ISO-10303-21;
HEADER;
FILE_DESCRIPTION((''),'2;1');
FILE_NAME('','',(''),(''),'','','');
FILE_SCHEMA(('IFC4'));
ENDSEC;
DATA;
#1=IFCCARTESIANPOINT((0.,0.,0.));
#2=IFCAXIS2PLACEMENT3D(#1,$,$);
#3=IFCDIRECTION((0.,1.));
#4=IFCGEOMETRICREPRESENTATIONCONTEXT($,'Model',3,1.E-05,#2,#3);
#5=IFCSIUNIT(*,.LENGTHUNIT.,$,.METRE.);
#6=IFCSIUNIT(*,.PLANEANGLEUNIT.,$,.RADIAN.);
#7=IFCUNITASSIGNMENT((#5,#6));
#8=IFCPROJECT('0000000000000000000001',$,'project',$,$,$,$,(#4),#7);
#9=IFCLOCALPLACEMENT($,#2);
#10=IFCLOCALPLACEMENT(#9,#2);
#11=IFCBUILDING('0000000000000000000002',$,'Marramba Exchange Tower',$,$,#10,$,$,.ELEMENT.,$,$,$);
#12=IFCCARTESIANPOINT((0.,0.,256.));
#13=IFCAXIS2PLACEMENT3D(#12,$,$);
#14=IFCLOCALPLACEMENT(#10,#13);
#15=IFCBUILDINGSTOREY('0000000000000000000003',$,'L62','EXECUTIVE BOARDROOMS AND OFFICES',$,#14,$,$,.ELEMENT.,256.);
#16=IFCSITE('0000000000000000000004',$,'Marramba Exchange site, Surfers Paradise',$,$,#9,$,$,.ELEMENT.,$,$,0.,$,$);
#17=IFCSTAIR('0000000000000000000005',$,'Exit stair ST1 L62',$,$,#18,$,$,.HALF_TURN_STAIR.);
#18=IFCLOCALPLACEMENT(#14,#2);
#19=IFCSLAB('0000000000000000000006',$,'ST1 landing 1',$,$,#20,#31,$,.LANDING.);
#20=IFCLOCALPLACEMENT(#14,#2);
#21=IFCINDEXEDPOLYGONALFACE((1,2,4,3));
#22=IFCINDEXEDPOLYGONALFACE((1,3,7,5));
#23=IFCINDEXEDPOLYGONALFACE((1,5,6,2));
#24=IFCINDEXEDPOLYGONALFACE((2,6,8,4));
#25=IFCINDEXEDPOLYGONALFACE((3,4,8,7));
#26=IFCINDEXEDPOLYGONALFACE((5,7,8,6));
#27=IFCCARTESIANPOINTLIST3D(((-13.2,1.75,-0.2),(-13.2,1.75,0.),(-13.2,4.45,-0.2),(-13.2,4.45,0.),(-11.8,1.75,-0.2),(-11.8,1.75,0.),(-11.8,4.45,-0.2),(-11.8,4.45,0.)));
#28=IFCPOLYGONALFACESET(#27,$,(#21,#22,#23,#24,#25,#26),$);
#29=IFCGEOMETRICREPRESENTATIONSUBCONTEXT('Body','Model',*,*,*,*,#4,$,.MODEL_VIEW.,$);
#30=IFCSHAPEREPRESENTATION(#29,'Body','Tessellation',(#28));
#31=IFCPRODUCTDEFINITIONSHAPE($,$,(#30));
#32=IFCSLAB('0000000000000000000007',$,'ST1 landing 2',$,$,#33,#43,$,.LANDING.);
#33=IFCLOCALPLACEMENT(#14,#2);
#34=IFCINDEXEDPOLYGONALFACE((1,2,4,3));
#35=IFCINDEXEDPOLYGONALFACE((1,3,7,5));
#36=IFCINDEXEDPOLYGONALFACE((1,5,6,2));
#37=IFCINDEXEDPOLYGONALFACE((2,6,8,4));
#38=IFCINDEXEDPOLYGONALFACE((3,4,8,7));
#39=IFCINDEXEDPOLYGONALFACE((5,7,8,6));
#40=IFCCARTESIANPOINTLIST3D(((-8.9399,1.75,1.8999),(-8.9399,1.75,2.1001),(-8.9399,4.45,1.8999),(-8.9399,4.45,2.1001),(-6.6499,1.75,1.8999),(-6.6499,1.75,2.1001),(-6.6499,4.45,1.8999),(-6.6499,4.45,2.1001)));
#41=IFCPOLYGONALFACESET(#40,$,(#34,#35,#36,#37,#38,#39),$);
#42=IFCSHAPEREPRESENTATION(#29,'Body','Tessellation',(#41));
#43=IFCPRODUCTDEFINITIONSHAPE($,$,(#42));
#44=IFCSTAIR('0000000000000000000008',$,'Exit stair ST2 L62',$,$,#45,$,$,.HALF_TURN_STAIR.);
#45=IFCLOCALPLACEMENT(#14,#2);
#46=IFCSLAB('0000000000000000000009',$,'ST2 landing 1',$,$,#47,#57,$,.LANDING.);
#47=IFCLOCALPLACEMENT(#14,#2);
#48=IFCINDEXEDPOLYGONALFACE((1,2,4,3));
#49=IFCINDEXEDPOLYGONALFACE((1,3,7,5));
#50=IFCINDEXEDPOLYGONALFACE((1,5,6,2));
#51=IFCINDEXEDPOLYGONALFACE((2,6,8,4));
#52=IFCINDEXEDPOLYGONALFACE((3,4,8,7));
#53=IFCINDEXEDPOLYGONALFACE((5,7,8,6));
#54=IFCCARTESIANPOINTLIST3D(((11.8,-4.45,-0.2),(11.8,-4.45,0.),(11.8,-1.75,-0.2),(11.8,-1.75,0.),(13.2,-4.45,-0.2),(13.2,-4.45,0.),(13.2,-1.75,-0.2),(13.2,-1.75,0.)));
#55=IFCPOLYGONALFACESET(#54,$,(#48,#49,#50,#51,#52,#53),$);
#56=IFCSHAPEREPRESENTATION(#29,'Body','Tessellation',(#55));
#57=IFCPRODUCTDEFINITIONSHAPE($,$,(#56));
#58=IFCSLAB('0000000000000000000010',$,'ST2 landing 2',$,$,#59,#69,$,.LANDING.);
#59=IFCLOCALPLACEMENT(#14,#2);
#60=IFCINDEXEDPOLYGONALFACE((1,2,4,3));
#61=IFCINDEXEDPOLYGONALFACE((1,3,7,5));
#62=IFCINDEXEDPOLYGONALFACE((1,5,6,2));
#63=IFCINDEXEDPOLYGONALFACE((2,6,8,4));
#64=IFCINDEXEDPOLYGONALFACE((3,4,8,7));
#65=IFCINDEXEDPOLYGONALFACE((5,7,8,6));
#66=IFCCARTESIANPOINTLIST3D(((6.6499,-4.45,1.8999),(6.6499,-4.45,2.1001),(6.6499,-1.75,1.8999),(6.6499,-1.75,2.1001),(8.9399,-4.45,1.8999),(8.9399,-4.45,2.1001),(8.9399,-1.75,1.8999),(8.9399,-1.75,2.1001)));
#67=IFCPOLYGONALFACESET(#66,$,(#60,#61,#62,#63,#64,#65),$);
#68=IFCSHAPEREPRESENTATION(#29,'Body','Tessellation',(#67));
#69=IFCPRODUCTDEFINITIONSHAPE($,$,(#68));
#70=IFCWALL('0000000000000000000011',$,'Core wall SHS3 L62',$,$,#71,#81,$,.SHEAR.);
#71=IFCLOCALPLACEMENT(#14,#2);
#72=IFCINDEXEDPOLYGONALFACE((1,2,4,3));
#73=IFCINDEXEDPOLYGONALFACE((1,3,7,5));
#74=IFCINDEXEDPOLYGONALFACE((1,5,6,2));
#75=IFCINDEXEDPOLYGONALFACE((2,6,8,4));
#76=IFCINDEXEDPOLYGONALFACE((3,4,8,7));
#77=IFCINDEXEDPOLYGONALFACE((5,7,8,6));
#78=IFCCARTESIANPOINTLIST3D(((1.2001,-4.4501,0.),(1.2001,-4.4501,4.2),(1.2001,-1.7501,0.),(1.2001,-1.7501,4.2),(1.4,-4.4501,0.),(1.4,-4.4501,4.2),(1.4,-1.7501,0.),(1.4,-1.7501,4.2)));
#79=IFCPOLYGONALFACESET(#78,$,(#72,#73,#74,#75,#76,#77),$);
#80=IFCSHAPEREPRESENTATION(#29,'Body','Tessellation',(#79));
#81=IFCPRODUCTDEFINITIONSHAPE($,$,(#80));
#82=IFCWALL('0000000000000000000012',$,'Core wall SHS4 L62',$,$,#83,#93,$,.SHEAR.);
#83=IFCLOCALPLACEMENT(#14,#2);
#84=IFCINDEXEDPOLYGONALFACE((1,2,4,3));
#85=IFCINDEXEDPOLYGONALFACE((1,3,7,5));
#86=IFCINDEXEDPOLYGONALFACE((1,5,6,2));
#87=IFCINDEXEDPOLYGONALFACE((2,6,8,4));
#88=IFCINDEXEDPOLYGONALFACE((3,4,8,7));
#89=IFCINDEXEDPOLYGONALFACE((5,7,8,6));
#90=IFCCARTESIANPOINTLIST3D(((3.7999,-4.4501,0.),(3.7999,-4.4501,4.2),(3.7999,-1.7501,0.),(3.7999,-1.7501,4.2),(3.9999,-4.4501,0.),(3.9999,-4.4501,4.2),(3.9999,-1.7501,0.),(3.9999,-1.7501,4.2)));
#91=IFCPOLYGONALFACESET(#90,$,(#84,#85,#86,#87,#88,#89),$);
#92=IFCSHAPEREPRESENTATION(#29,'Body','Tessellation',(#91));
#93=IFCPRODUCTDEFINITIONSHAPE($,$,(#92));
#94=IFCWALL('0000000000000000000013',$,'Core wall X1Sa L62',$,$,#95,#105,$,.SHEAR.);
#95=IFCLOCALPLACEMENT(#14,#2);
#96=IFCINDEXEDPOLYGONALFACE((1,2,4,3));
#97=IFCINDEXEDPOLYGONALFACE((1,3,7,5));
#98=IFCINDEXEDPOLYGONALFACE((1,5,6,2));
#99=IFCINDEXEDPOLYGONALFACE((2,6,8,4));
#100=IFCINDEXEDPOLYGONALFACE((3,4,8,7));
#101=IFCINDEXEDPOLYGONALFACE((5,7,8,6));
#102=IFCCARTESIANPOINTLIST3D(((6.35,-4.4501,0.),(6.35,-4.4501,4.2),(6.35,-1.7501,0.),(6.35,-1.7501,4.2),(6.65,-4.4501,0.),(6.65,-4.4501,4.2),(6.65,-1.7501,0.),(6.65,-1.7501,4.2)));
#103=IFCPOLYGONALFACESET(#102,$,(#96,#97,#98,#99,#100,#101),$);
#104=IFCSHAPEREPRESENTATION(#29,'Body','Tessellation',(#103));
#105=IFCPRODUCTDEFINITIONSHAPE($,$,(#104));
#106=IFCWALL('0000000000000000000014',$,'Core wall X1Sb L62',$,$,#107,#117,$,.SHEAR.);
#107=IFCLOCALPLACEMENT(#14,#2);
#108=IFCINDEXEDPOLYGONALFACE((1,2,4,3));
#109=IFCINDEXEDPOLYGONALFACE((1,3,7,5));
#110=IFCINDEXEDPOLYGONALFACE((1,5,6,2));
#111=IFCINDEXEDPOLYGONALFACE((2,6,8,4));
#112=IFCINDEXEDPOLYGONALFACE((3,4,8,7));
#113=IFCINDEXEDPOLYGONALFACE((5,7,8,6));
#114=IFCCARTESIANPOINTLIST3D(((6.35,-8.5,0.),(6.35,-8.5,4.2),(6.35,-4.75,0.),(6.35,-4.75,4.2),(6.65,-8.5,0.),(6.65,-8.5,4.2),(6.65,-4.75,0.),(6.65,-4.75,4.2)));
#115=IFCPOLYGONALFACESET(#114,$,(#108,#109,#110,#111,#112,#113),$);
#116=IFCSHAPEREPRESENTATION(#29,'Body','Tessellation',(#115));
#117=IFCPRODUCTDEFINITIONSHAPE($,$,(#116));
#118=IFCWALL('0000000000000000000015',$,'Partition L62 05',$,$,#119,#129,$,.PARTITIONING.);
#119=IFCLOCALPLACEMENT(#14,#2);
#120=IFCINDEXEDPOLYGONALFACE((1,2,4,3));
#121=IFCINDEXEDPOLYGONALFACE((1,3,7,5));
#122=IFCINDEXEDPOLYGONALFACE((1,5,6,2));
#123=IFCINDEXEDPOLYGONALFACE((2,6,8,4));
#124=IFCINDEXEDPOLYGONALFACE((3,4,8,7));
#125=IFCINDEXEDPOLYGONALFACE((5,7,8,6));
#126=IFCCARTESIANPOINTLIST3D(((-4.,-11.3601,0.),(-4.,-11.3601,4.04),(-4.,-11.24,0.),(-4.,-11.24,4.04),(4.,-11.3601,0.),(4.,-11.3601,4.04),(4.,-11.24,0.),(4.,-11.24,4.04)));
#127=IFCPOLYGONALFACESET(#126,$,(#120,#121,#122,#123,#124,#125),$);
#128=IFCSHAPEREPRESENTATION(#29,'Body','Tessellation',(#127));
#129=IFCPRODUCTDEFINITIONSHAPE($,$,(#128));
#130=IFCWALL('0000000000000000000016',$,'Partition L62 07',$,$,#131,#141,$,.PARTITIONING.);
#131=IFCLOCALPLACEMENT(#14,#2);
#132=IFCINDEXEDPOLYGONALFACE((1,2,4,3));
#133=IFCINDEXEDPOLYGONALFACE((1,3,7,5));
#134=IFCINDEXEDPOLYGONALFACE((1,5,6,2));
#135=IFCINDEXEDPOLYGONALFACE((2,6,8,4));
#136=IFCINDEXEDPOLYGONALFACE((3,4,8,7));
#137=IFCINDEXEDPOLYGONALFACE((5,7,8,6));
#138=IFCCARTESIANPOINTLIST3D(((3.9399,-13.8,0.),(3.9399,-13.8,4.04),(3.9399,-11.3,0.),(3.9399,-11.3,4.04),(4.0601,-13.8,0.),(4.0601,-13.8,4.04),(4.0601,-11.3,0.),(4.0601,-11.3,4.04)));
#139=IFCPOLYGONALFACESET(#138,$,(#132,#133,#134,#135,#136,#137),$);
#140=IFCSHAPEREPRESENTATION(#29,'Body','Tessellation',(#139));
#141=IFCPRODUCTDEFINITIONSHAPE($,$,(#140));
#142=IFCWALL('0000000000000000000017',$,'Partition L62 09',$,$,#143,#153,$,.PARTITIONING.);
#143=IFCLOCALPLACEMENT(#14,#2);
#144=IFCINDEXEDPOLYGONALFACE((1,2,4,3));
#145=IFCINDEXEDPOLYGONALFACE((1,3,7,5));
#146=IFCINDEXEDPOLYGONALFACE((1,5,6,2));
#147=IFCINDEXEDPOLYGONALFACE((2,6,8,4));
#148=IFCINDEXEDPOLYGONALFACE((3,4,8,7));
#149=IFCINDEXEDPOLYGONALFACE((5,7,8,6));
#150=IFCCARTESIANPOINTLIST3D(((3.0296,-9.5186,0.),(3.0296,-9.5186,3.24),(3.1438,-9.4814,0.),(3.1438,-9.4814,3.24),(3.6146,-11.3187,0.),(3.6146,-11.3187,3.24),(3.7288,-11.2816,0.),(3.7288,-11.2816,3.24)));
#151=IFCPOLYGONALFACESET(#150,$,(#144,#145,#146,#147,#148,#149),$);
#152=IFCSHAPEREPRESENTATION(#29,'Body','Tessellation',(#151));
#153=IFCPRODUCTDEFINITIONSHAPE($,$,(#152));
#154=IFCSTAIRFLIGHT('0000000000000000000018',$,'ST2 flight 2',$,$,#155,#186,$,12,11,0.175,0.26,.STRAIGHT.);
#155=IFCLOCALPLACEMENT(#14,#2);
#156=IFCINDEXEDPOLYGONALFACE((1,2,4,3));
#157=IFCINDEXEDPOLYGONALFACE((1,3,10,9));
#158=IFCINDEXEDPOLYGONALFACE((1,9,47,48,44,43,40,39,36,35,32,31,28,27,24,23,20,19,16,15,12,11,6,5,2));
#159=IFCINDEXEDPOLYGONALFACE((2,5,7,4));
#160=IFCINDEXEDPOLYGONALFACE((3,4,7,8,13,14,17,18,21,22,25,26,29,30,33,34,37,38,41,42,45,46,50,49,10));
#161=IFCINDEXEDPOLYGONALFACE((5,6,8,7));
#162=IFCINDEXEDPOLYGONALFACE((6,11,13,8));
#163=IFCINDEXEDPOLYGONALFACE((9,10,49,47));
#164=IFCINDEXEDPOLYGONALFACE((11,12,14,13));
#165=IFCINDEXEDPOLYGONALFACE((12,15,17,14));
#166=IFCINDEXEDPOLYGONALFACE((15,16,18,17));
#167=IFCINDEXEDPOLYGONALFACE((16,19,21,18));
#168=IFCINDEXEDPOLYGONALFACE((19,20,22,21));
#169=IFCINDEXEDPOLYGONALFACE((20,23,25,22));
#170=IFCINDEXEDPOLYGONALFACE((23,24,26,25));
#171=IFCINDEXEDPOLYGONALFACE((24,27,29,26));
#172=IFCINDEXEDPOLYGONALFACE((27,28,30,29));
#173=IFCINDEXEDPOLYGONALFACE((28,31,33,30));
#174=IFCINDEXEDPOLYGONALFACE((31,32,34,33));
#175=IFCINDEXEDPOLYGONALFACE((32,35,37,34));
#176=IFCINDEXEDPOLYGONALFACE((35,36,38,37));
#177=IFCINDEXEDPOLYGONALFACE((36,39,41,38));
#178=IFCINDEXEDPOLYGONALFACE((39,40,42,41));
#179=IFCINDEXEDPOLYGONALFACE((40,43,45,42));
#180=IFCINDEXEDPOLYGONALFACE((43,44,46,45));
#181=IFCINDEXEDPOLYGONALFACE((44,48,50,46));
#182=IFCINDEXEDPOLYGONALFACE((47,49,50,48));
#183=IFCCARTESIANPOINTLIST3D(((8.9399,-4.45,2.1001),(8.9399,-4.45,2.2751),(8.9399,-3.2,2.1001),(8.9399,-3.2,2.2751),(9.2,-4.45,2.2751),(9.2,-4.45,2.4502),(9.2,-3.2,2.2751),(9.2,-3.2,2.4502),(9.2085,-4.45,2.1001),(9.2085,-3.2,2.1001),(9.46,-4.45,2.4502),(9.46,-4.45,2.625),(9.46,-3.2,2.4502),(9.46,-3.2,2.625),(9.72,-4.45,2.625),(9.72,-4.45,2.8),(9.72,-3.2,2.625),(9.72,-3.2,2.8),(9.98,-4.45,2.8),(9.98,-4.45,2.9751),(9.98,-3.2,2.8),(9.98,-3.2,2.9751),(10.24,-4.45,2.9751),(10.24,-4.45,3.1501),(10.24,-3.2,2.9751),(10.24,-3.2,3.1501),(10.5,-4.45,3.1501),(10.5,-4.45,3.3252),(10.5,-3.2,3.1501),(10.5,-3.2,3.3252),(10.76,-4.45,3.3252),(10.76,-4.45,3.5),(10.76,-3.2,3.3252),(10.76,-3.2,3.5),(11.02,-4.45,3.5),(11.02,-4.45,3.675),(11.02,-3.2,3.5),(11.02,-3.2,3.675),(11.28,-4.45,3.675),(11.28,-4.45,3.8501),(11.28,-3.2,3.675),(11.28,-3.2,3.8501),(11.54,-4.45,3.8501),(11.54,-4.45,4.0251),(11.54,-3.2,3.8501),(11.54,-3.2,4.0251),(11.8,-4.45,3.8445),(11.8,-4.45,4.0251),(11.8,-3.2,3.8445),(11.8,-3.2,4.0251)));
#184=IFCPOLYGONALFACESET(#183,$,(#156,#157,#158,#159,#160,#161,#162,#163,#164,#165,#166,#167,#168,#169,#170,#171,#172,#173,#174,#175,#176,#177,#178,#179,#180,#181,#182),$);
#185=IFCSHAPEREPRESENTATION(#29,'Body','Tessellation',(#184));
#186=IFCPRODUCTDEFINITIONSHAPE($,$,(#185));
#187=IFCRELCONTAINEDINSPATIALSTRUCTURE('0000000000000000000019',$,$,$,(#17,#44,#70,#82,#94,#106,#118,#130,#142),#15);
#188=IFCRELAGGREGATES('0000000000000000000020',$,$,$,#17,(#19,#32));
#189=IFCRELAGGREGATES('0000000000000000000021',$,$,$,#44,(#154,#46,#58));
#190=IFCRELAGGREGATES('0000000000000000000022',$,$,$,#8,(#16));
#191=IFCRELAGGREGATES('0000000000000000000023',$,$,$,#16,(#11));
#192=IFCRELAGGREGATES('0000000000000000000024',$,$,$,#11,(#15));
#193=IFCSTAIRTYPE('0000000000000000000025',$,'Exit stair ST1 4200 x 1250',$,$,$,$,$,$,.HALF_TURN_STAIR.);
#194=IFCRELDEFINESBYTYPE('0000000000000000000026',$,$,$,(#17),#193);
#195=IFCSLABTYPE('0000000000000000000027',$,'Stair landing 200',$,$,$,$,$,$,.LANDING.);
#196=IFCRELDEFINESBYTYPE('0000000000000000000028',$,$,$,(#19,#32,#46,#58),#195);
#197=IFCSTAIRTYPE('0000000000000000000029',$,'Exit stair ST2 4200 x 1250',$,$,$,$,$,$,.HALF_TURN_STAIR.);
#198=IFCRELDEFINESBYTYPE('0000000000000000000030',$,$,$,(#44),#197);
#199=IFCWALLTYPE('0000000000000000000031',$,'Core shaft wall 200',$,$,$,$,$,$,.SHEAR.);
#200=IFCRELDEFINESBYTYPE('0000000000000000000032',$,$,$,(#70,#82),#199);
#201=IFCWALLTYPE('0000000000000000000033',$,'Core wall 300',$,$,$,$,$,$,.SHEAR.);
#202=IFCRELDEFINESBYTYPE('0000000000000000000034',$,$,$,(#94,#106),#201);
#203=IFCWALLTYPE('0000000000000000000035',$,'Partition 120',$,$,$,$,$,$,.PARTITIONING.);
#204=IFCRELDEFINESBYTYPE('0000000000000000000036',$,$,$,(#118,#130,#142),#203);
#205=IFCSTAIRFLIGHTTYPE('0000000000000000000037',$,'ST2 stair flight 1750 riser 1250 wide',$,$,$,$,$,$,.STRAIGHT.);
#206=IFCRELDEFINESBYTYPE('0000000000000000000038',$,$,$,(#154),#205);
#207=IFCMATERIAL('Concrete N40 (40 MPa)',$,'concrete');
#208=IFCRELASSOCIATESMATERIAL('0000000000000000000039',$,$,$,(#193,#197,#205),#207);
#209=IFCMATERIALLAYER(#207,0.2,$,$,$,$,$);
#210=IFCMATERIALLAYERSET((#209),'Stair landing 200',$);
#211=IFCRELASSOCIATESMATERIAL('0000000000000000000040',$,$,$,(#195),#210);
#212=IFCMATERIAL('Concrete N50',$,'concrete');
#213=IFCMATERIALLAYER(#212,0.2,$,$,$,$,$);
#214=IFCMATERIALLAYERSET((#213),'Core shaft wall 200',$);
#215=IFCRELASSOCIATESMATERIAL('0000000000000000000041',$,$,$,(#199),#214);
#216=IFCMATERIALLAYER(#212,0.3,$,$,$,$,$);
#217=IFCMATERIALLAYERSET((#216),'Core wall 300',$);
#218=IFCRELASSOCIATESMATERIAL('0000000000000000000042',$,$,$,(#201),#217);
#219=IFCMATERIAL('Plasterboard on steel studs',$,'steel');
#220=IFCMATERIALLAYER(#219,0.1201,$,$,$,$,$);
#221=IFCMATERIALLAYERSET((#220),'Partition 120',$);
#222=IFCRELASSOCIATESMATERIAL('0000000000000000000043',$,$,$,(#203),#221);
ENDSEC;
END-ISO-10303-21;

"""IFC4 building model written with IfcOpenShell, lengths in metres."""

from ifc_helpers import new_model, si_unit, direction, frame, frame_2d, origin, place, context, subcontext, project, spatial, polyline, rectangle, outline, extrude, material, layer, layer_set, type_object, element, aggregate, save


model = new_model("IFC4")

# Units and contexts
model_context = context("Model", 3, precision=1e-05, world=origin(), true_north=direction((0.0, 1.0)))
body_context = subcontext(model_context, "Body", "Model", "MODEL_VIEW")
ifc_project = project(units=[si_unit("LENGTHUNIT", "METRE"), si_unit("PLANEANGLEUNIT", "RADIAN")], contexts=[model_context])

# Site, building, storey
site_placement = place(None, origin())
site = spatial("IfcSite", under=ifc_project, at=site_placement, Name="Marramba Exchange site, Surfers Paradise", CompositionType="ELEMENT", RefElevation=0.0)
building_placement = place(site_placement, origin())
building = spatial("IfcBuilding", under=site, at=building_placement, Name="Marramba Exchange Tower", CompositionType="ELEMENT")
storey_placement = place(building_placement, frame((0.0, 0.0, 256.0)))
storey = spatial("IfcBuildingStorey", under=building, at=storey_placement, Name="L62", Description="EXECUTIVE BOARDROOMS AND OFFICES", CompositionType="ELEMENT", Elevation=256.0)

# Stairs, slabs
ifc_material_1 = material(Name="Concrete N40 (40 MPa)", Category="concrete")
stair_type_1 = type_object("IfcStairType", Name="Exit stair ST1 4200 x 1250", PredefinedType="HALF_TURN_STAIR", material=ifc_material_1)
stair_1_placement = place(storey_placement, origin())
stair_1 = element("IfcStair", 1, at=stair_1_placement, inside=storey, type_object=stair_type_1, Name="Exit stair ST1 L62", PredefinedType="HALF_TURN_STAIR")
ifc_layer_1 = layer(ifc_material_1, 0.2)
ifc_layer_set_1 = layer_set([ifc_layer_1], Name="Stair landing 200")
slab_type = type_object("IfcSlabType", Name="Stair landing 200", PredefinedType="LANDING", material=ifc_layer_set_1)
slab_1_placement = place(storey_placement, frame((0.0, 0.0, -0.2)))
slab_1 = element("IfcSlab", 2, at=slab_1_placement, type_object=slab_type, Name="ST1 landing 1", PredefinedType="LANDING", context=body_context, shape_type="SweptSolid", body=[
    extrude(outline(polyline([(-13.2, 1.75), (-11.8, 1.75), (-11.8, 4.45), (-13.2, 4.45), (-13.2, 1.75)])), origin(), (0.0, 0.0, 1.0), 0.2),
])
slab_2_placement = place(storey_placement, frame((0.0, 0.0, 1.8999)))
slab_2 = element("IfcSlab", 3, at=slab_2_placement, type_object=slab_type, Name="ST1 landing 2", PredefinedType="LANDING", context=body_context, shape_type="SweptSolid", body=[
    extrude(outline(polyline([(-8.9399, 1.75), (-6.6499, 1.75), (-6.6499, 4.45), (-8.9399, 4.45), (-8.9399, 1.75)])), origin(), (0.0, 0.0, 1.0), 0.2002),
])
aggregate(stair_1, [slab_1, slab_2])
stair_type_2 = type_object("IfcStairType", Name="Exit stair ST2 4200 x 1250", PredefinedType="HALF_TURN_STAIR", material=ifc_material_1)
stair_2_placement = place(storey_placement, origin())
stair_2 = element("IfcStair", 4, at=stair_2_placement, inside=storey, type_object=stair_type_2, Name="Exit stair ST2 L62", PredefinedType="HALF_TURN_STAIR")
slab_3_placement = place(storey_placement, frame((0.0, 0.0, -0.2)))
slab_3 = element("IfcSlab", 5, at=slab_3_placement, type_object=slab_type, Name="ST2 landing 1", PredefinedType="LANDING", context=body_context, shape_type="SweptSolid", body=[
    extrude(outline(polyline([(11.8, -4.45), (13.2, -4.45), (13.2, -1.75), (11.8, -1.75), (11.8, -4.45)])), origin(), (0.0, 0.0, 1.0), 0.2),
])
slab_4_placement = place(storey_placement, frame((0.0, 0.0, 1.8999)))
slab_4 = element("IfcSlab", 6, at=slab_4_placement, type_object=slab_type, Name="ST2 landing 2", PredefinedType="LANDING", context=body_context, shape_type="SweptSolid", body=[
    extrude(outline(polyline([(6.6499, -4.45), (8.9399, -4.45), (8.9399, -1.75), (6.6499, -1.75), (6.6499, -4.45)])), origin(), (0.0, 0.0, 1.0), 0.2002),
])

# Walls
ifc_material_2 = material(Name="Concrete N50", Category="concrete")
ifc_layer_2 = layer(ifc_material_2, 0.2)
ifc_layer_set_2 = layer_set([ifc_layer_2], Name="Core shaft wall 200")
wall_type_1 = type_object("IfcWallType", Name="Core shaft wall 200", PredefinedType="SHEAR", material=ifc_layer_set_2)
for number, where, z_axis, x_axis, name in (
    (7, (1.3, -1.75, 0.0), (0.0, 0.0, 1.0), (0.0, -1.0, 0.0), "Core wall SHS3 L62"),
    (8, (3.8999, -1.75, 0.0), (0.0, 0.0, 1.0), (0.0, -1.0, 0.0), "Core wall SHS4 L62"),
):
    element("IfcWall", number, at=place(storey_placement, frame(where, z_axis=z_axis, x_axis=x_axis)), inside=storey, type_object=wall_type_1, Name=name, PredefinedType="SHEAR", context=body_context, shape_type="SweptSolid", body=[
        extrude(rectangle(XDim=2.7, YDim=0.2, at=frame_2d((1.3501, 0.0))), origin(), (0.0, 0.0, 1.0), 4.2),
    ])
ifc_layer_3 = layer(ifc_material_2, 0.3)
ifc_layer_set_3 = layer_set([ifc_layer_3], Name="Core wall 300")
wall_type_2 = type_object("IfcWallType", Name="Core wall 300", PredefinedType="SHEAR", material=ifc_layer_set_3)
wall_1_placement = place(storey_placement, frame((6.5, -1.75, 0.0), z_axis=(0.0, 0.0, 1.0), x_axis=(0.0, -1.0, 0.0)))
element("IfcWall", 9, at=wall_1_placement, inside=storey, type_object=wall_type_2, Name="Core wall X1Sa L62", PredefinedType="SHEAR", context=body_context, shape_type="SweptSolid", body=[
    extrude(rectangle(XDim=2.7, YDim=0.3, at=frame_2d((1.3501, 0.0))), origin(), (0.0, 0.0, 1.0), 4.2),
])
wall_2_placement = place(storey_placement, frame((6.5, -4.75, 0.0), z_axis=(0.0, 0.0, 1.0), x_axis=(0.0, -1.0, 0.0)))
element("IfcWall", 10, at=wall_2_placement, inside=storey, type_object=wall_type_2, Name="Core wall X1Sb L62", PredefinedType="SHEAR", context=body_context, shape_type="SweptSolid", body=[
    extrude(rectangle(XDim=3.75, YDim=0.3, at=frame_2d((1.875, 0.0))), origin(), (0.0, 0.0, 1.0), 4.2),
])
ifc_material_3 = material(Name="Plasterboard on steel studs", Category="steel")
ifc_layer_4 = layer(ifc_material_3, 0.1201)
ifc_layer_set_4 = layer_set([ifc_layer_4], Name="Partition 120")
wall_type_3 = type_object("IfcWallType", Name="Partition 120", PredefinedType="PARTITIONING", material=ifc_layer_set_4)
wall_3_placement = place(storey_placement, frame((4.0, -11.3, 0.0), z_axis=(0.0, 0.0, 1.0), x_axis=(-1.0, 0.0, 0.0)))
element("IfcWall", 11, at=wall_3_placement, inside=storey, type_object=wall_type_3, Name="Partition L62 05", PredefinedType="PARTITIONING", context=body_context, shape_type="SweptSolid", body=[
    extrude(rectangle(XDim=8.0, YDim=0.1201, at=frame_2d((4.0, 0.0))), origin(), (0.0, 0.0, 1.0), 4.04),
])
wall_4_placement = place(storey_placement, frame((4.0, -13.8, 0.0), z_axis=(0.0, 0.0, 1.0), x_axis=(0.0, 1.0, 0.0)))
element("IfcWall", 12, at=wall_4_placement, inside=storey, type_object=wall_type_3, Name="Partition L62 07", PredefinedType="PARTITIONING", context=body_context, shape_type="SweptSolid", body=[
    extrude(rectangle(XDim=2.5, YDim=0.1201, at=frame_2d((1.25, 0.0))), origin(), (0.0, 0.0, 1.0), 4.04),
])
wall_5_placement = place(storey_placement, frame((3.6716, -11.3, 0.0), z_axis=(0.0, 0.0, 1.0), x_axis=(-0.30906, 0.951043, 0.0)))
element("IfcWall", 13, at=wall_5_placement, inside=storey, type_object=wall_type_3, Name="Partition L62 09", PredefinedType="PARTITIONING", context=body_context, shape_type="SweptSolid", body=[
    extrude(rectangle(XDim=1.8928, YDim=0.1201, at=frame_2d((0.9463, 0.0))), origin(), (0.0, 0.0, 1.0), 3.24),
])

# Stair flight
stair_flight_type = type_object("IfcStairFlightType", Name="ST2 stair flight 1750 riser 1250 wide", PredefinedType="STRAIGHT", material=ifc_material_1)
stair_flight_placement = place(storey_placement, frame((8.9399, -3.825, 2.1001), z_axis=(0.0, 0.0, 1.0), x_axis=(1.0, 0.0, 0.0)))
stair_flight = element("IfcStairFlight", 14, at=stair_flight_placement, type_object=stair_flight_type, Name="ST2 flight 2", NumberOfRisers=12, NumberOfTreads=11, PredefinedType="STRAIGHT", RiserHeight=0.175, TreadLength=0.26, context=body_context, shape_type="SweptSolid", body=[
    extrude(outline(polyline([(0.0, 0.0), (0.0, 0.175), (0.26, 0.175), (0.26, 0.3501), (0.52, 0.3501), (0.52, 0.5249), (0.78, 0.5249), (0.78, 0.7), (1.04, 0.7), (1.04, 0.875), (1.3, 0.875), (1.3, 1.05), (1.5601, 1.05), (1.5601, 1.2251), (1.8201, 1.2251), (1.8201, 1.3999), (2.0801, 1.3999), (2.0801, 1.575), (2.3401, 1.575), (2.3401, 1.75), (2.6001, 1.75), (2.6001, 1.925), (2.8601, 1.925), (2.8601, 2.1001), (2.8601, 1.7444), (0.2686, 0.0), (0.0, 0.0)])), frame((0.0, 0.625, 0.0), z_axis=(0.0, -1.0, 0.0), x_axis=(1.0, 0.0, 0.0)), (0.0, 0.0, 1.0), 1.25),
])
aggregate(stair_2, [stair_flight, slab_3, slab_4])

save(model, "model.ifc")
